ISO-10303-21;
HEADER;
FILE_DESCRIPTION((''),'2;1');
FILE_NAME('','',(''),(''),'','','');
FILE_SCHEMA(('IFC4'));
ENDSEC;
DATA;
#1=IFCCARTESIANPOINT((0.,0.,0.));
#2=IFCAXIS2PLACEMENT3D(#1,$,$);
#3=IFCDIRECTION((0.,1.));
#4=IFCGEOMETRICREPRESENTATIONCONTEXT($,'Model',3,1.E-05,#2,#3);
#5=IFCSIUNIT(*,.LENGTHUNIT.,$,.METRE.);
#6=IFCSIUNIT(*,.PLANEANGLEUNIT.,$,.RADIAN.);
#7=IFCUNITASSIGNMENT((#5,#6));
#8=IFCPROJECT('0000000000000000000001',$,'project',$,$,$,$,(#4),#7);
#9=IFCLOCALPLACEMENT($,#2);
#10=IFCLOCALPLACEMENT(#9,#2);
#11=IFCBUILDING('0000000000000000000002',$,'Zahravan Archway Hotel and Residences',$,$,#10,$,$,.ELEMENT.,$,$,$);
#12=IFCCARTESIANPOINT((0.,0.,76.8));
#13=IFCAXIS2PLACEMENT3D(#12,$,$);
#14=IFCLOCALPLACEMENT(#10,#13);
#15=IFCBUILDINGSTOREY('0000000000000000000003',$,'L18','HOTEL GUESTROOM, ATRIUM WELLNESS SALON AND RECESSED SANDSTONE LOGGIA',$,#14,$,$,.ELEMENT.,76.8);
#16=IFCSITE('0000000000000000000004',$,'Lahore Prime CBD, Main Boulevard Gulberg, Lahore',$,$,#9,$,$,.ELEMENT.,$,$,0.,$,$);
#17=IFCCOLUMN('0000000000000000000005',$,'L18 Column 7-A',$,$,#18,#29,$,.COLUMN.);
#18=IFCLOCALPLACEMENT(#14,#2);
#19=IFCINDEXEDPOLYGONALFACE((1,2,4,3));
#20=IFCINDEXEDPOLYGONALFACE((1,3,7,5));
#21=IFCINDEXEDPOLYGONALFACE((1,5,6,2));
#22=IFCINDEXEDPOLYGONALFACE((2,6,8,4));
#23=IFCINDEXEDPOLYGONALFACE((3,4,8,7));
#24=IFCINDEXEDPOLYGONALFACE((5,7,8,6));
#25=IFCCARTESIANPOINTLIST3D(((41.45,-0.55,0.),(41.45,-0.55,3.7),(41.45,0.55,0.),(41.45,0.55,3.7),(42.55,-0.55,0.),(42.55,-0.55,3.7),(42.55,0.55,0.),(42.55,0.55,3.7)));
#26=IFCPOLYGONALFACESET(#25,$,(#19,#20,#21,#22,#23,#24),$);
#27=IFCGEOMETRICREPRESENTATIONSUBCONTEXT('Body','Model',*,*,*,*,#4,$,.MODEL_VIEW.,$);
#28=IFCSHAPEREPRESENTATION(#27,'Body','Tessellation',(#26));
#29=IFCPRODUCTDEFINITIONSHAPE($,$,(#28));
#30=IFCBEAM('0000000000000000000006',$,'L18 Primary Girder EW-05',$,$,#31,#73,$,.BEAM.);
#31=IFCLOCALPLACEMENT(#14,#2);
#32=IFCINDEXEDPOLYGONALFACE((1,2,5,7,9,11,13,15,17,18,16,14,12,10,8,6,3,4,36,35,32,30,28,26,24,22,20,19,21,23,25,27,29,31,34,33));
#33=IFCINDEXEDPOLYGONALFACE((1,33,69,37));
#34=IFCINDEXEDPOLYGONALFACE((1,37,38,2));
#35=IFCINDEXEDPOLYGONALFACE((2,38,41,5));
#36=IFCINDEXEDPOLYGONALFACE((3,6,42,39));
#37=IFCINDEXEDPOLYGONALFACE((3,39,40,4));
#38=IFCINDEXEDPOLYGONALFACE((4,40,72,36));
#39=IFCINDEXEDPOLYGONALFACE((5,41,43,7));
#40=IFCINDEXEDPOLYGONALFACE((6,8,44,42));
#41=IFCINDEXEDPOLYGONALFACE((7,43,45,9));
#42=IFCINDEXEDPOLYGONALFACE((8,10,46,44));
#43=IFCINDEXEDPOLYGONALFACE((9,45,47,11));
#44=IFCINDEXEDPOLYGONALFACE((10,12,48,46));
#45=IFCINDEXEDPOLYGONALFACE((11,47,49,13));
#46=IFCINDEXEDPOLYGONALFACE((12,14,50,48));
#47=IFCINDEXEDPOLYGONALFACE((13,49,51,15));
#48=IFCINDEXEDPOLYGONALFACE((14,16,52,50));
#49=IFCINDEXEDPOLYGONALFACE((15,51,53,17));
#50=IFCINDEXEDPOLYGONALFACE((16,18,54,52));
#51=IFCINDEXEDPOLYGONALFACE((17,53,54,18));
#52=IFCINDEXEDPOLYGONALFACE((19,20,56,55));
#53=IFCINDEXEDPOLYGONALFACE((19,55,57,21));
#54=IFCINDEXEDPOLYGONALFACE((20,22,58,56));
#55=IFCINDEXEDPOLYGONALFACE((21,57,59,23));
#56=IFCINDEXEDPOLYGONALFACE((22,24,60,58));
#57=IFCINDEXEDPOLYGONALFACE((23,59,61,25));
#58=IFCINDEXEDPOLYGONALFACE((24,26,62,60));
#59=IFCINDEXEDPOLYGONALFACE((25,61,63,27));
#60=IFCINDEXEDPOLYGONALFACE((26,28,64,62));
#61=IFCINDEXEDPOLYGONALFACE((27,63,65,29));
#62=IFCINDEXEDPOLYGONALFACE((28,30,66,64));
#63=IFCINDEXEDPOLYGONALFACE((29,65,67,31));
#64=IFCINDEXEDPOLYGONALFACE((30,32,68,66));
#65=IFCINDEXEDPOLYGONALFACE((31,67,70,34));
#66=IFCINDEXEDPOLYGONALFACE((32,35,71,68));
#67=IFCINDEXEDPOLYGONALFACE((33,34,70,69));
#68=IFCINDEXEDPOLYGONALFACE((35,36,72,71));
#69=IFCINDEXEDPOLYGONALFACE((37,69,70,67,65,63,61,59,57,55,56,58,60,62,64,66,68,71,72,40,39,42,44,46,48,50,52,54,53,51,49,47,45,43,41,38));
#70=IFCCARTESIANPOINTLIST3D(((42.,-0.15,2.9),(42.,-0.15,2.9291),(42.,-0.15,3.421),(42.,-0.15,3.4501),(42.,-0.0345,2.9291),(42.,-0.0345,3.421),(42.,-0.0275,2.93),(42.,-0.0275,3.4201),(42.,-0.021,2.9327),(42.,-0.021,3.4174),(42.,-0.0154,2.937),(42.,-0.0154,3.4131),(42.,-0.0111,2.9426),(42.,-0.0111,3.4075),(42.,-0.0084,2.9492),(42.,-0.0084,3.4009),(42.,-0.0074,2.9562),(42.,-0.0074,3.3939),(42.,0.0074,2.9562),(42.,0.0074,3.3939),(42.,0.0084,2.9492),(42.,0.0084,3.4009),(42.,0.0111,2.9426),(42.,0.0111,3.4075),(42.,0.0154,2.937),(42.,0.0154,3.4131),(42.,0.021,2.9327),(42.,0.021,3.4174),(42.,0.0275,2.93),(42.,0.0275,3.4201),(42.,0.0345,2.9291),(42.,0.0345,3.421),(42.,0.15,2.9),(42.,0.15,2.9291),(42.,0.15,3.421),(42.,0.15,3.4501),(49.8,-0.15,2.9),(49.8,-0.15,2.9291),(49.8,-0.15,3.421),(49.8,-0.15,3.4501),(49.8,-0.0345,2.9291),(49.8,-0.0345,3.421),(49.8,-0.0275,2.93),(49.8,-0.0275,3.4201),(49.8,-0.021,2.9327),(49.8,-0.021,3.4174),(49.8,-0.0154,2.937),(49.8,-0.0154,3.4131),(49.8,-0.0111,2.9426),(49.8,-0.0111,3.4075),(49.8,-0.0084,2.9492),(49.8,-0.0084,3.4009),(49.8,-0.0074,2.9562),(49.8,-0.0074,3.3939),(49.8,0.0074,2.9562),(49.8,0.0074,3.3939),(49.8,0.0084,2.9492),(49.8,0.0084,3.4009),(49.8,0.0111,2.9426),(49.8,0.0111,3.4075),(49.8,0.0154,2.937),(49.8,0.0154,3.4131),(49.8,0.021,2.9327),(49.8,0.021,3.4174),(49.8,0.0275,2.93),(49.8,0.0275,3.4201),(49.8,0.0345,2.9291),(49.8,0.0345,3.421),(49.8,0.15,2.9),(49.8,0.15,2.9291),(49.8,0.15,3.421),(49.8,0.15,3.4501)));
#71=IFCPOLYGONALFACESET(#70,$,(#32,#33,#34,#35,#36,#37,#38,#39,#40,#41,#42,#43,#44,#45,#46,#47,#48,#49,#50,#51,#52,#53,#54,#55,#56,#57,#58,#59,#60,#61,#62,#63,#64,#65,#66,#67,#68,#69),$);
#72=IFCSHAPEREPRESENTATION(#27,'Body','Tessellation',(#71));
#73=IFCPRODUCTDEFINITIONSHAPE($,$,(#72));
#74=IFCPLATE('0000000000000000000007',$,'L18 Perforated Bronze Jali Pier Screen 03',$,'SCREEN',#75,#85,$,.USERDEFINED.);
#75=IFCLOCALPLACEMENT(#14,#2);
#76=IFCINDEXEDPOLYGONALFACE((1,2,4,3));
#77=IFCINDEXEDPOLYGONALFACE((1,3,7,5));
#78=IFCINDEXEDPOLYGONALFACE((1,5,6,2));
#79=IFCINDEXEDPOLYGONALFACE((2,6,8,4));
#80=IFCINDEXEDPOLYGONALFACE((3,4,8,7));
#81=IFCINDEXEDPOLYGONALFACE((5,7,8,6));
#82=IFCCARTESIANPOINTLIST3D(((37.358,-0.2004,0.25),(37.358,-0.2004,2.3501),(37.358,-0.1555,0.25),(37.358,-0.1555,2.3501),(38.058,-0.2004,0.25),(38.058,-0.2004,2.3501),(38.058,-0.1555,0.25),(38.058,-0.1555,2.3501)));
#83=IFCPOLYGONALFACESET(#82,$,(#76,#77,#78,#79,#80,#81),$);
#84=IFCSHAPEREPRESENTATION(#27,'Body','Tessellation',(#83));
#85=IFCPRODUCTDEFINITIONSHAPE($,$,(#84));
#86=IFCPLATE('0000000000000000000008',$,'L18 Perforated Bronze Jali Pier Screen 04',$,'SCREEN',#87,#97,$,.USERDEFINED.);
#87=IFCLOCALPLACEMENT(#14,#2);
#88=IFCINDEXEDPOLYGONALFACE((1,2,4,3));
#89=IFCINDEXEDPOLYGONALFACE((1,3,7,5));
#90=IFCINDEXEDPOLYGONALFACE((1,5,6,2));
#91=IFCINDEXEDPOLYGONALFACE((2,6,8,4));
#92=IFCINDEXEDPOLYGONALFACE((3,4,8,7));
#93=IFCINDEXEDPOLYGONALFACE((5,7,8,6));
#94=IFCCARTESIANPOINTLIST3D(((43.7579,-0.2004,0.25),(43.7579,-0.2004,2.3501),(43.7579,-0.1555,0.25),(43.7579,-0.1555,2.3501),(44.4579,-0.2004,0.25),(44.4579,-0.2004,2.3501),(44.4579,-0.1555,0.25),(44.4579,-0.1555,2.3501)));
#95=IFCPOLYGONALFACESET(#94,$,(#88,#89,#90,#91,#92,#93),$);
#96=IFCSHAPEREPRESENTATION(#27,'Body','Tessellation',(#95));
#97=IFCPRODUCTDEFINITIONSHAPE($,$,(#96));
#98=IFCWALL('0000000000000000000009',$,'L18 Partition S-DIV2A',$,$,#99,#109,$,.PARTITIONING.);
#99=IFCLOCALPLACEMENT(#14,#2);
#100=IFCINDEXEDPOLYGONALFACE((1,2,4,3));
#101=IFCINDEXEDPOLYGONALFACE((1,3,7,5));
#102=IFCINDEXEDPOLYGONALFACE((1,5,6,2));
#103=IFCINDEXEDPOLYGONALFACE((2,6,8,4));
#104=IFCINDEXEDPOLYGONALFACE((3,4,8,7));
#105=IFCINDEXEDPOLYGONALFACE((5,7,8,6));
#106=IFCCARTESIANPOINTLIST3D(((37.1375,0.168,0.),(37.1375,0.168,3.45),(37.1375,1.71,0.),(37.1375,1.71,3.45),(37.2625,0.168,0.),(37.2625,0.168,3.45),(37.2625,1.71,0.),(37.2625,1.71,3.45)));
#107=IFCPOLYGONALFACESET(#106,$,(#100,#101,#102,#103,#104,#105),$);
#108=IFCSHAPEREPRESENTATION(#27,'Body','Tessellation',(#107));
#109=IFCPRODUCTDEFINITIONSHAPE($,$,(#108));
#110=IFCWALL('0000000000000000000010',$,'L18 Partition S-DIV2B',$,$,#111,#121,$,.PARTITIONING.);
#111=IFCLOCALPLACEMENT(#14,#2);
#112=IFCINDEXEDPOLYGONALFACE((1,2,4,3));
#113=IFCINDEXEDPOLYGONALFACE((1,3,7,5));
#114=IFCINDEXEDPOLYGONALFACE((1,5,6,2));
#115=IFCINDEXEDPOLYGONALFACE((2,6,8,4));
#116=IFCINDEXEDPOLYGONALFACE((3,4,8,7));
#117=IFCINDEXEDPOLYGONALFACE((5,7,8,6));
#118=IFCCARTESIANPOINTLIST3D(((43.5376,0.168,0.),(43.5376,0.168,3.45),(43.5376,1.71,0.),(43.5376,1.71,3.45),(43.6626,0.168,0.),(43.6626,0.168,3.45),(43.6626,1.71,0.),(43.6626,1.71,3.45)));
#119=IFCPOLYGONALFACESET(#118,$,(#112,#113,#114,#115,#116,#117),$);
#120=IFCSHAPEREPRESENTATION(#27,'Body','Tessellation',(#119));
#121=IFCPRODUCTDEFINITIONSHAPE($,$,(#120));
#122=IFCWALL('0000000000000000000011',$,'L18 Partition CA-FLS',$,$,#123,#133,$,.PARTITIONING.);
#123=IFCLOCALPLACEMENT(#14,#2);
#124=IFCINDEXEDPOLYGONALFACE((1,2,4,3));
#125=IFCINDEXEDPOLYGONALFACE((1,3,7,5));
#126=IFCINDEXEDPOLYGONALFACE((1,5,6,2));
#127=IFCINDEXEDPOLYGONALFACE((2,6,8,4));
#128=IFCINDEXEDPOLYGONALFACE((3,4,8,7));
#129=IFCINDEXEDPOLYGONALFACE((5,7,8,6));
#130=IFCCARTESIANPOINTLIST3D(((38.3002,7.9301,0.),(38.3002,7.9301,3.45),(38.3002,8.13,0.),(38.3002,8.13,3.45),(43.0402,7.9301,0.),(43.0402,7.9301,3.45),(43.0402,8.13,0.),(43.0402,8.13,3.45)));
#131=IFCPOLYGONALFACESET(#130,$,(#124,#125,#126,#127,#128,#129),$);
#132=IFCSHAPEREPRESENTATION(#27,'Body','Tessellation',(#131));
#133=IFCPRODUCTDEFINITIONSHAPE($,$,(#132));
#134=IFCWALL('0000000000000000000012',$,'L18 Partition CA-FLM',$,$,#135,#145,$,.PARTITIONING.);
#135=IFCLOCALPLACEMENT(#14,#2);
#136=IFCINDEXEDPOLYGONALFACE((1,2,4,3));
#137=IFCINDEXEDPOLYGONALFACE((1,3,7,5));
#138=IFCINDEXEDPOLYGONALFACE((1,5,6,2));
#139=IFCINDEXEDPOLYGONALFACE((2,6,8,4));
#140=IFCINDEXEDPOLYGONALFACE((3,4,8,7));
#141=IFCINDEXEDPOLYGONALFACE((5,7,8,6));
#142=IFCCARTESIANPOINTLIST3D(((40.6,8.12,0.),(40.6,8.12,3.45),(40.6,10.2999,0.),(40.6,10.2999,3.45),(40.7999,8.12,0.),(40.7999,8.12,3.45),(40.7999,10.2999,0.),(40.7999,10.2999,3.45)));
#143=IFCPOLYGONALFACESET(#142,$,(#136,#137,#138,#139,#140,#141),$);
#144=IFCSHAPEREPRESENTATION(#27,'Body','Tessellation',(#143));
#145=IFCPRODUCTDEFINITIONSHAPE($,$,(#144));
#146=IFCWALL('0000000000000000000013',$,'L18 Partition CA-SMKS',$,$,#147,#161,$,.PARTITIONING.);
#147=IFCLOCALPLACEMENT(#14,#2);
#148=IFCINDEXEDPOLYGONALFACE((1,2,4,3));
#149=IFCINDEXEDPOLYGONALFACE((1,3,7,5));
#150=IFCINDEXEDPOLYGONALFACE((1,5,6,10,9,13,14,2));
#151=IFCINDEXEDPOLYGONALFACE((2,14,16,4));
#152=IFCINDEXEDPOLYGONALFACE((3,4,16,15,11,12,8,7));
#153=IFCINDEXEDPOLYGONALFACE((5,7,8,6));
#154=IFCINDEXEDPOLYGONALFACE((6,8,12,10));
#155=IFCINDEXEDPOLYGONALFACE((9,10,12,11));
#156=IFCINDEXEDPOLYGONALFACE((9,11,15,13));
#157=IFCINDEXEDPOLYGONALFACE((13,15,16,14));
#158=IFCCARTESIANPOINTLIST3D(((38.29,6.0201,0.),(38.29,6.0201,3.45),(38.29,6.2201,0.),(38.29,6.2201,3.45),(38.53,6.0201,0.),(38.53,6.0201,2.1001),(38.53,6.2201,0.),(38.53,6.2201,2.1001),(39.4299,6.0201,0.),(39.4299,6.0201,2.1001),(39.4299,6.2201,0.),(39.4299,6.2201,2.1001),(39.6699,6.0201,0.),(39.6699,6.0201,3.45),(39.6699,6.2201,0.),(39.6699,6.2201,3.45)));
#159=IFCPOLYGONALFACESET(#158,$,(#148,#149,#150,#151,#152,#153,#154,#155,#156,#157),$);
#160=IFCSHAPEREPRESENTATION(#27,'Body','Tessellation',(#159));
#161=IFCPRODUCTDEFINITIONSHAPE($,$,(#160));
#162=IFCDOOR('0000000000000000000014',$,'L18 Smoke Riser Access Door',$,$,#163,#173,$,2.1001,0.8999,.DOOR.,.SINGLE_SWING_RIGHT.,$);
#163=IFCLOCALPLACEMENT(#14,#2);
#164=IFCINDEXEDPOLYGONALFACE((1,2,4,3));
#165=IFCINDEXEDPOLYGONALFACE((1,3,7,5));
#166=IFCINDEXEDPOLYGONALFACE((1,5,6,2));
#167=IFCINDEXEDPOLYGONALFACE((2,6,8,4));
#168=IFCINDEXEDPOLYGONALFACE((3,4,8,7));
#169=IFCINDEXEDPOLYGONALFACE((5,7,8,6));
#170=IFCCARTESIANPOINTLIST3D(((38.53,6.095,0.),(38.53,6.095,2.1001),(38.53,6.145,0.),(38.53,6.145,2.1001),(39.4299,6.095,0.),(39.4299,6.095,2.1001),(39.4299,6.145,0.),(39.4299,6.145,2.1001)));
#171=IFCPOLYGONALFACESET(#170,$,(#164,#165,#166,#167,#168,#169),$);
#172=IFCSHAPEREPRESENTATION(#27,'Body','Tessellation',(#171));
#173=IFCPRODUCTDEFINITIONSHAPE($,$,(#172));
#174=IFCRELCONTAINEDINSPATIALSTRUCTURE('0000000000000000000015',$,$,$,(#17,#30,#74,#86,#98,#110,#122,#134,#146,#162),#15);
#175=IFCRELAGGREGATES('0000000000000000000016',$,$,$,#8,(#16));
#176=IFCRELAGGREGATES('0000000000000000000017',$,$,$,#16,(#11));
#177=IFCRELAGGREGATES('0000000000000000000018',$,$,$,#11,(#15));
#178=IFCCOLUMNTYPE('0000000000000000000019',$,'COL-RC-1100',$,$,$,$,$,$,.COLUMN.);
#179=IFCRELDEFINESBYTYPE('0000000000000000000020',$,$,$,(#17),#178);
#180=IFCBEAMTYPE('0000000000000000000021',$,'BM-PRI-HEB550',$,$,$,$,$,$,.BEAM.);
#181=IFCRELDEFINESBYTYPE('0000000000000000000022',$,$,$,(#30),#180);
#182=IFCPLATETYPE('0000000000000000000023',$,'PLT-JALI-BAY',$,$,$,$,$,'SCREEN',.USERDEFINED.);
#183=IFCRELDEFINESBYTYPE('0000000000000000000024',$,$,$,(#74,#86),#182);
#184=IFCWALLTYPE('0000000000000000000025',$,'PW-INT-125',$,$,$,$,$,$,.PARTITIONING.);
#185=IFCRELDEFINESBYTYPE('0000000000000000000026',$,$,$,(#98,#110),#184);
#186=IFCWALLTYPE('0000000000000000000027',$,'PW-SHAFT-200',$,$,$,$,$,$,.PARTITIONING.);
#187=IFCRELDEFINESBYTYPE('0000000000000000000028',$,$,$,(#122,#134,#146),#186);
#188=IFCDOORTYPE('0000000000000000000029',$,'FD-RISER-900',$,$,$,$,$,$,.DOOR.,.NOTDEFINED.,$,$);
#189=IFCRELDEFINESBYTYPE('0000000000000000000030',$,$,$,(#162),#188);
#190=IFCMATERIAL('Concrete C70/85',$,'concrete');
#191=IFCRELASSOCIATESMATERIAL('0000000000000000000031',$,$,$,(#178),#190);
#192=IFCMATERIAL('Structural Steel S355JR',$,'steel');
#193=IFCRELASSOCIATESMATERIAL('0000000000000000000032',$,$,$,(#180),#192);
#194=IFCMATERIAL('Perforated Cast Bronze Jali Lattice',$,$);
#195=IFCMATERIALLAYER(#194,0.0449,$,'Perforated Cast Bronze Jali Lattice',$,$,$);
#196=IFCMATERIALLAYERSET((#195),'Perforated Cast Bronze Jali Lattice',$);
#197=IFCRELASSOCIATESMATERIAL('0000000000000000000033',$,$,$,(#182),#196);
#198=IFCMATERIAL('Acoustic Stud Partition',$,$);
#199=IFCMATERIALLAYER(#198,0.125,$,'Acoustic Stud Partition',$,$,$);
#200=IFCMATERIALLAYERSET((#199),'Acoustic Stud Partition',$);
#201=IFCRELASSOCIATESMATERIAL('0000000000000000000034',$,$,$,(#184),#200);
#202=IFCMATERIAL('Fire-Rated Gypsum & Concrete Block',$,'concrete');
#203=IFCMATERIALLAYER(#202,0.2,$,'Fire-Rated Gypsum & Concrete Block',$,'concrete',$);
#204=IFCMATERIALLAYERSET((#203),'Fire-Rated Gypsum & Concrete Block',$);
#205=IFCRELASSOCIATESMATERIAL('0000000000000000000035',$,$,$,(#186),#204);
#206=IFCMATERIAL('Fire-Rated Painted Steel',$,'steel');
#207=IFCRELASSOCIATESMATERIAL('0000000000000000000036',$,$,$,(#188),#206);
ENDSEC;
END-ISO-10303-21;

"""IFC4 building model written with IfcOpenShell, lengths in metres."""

from ifc_helpers import new_model, si_unit, direction, frame, frame_2d, origin, origin_2d, place, context, subcontext, project, spatial, rectangle, i_section, extrude, source, transform, mapped, material, layer, layer_set, material_profile, profile_set, type_object, type_shapes, element, fill, save


model = new_model("IFC4")

# Units and contexts
model_context = context("Model", 3, precision=1e-05, world=origin(), true_north=direction((0.0, 1.0)))
body_context = subcontext(model_context, "Body", "Model", "MODEL_VIEW")
ifc_project = project(units=[si_unit("LENGTHUNIT", "METRE"), si_unit("PLANEANGLEUNIT", "RADIAN")], contexts=[model_context])

# Site, building, storey
site_placement = place(None, origin())
site = spatial("IfcSite", under=ifc_project, at=site_placement, Name="Lahore Prime CBD, Main Boulevard Gulberg, Lahore", CompositionType="ELEMENT", RefElevation=0.0)
building_placement = place(site_placement, origin())
building = spatial("IfcBuilding", under=site, at=building_placement, Name="Zahravan Archway Hotel and Residences", CompositionType="ELEMENT")
storey_placement = place(building_placement, frame((0.0, 0.0, 76.8)))
storey = spatial("IfcBuildingStorey", under=building, at=storey_placement, Name="L18", Description="HOTEL GUESTROOM, ATRIUM WELLNESS SALON AND RECESSED SANDSTONE LOGGIA", CompositionType="ELEMENT", Elevation=76.8)

# Column
ifc_material_1 = material(Name="Concrete C70/85", Category="concrete")
ifc_material_profile_1 = material_profile(ifc_material_1, rectangle(XDim=1.1001, YDim=1.1001, at=origin_2d()), Name="RC 1100x1100", Category="concrete")
ifc_profile_set_1 = profile_set([ifc_material_profile_1], Name="Concrete C70/85")
column_type = type_object("IfcColumnType", Name="COL-RC-1100", PredefinedType="COLUMN", material=ifc_profile_set_1)
shared_shape_1 = source(origin(), body_context, "Body", "SweptSolid", [
    extrude(rectangle(XDim=1.1001, YDim=1.1001, at=origin_2d()), origin(), (0.0, 0.0, 1.0), 3.7),
])
column_placement = place(storey_placement, frame((42.0, 0.0, 0.0), z_axis=(0.0, 0.0, 1.0), x_axis=(1.0, 0.0, 0.0)))
element("IfcColumn", 1, at=column_placement, inside=storey, type_object=column_type, Name="L18 Column 7-A", PredefinedType="COLUMN", context=body_context, shape_type="MappedRepresentation", body=[
    mapped(shared_shape_1, transform((0.0, 0.0, 0.0), scale=1.0)),
])

# Beam
ifc_material_2 = material(Name="Structural Steel S355JR", Category="steel")
ifc_material_profile_2 = material_profile(ifc_material_2, i_section(OverallWidth=0.3, OverallDepth=0.55, WebThickness=0.0149, FlangeThickness=0.0291, FilletRadius=0.0271, at=origin_2d()), Name="HEB 550", Category="steel")
ifc_profile_set_2 = profile_set([ifc_material_profile_2], Name="Structural Steel S355JR")
beam_type = type_object("IfcBeamType", Name="BM-PRI-HEB550", PredefinedType="BEAM", material=ifc_profile_set_2)
shared_shape_2 = source(origin(), body_context, "Body", "SweptSolid", [
    extrude(i_section(OverallWidth=0.3, OverallDepth=0.55, WebThickness=0.0149, FlangeThickness=0.0291, FilletRadius=0.0271, at=origin_2d()), origin(), (0.0, 0.0, 1.0), 7.8),
])
beam_placement = place(storey_placement, frame((42.0, 0.0, 3.175), z_axis=(1.0, 0.0, 0.0), x_axis=(0.0, 1.0, 0.0)))
element("IfcBeam", 2, at=beam_placement, inside=storey, type_object=beam_type, Name="L18 Primary Girder EW-05", PredefinedType="BEAM", context=body_context, shape_type="MappedRepresentation", body=[
    mapped(shared_shape_2, transform((0.0, 0.0, 0.0), scale=1.0)),
])

# Plates
ifc_material_3 = material(Name="Perforated Cast Bronze Jali Lattice")
ifc_layer_1 = layer(ifc_material_3, 0.0449, Name="Perforated Cast Bronze Jali Lattice")
ifc_layer_set_1 = layer_set([ifc_layer_1], Name="Perforated Cast Bronze Jali Lattice")
plate_type = type_object("IfcPlateType", Name="PLT-JALI-BAY", ElementType="SCREEN", PredefinedType="USERDEFINED", material=ifc_layer_set_1)
shared_shape_3 = source(origin(), body_context, "Body", "SweptSolid", [
    extrude(rectangle(XDim=0.7, YDim=0.0449, at=origin_2d()), origin(), (0.0, 0.0, 1.0), 2.1001),
])
type_shapes(plate_type, [shared_shape_3])
for number, where, z_axis, x_axis, name in (
    (3, (37.708, -0.178, 0.25), (0.0, 0.0, 1.0), (1.0, 0.0, 0.0), "L18 Perforated Bronze Jali Pier Screen 03"),
    (4, (44.1079, -0.178, 0.25), (0.0, 0.0, 1.0), (1.0, 0.0, 0.0), "L18 Perforated Bronze Jali Pier Screen 04"),
):
    element("IfcPlate", number, at=place(storey_placement, frame(where, z_axis=z_axis, x_axis=x_axis)), inside=storey, type_object=plate_type, Name=name, ObjectType="SCREEN", PredefinedType="USERDEFINED", context=body_context, shape_type="MappedRepresentation", body=[
        mapped(shared_shape_3, transform((0.0, 0.0, 0.0), scale=1.0)),
    ])

# Walls
ifc_material_4 = material(Name="Acoustic Stud Partition")
ifc_layer_2 = layer(ifc_material_4, 0.125, Name="Acoustic Stud Partition")
ifc_layer_set_2 = layer_set([ifc_layer_2], Name="Acoustic Stud Partition")
wall_type_1 = type_object("IfcWallType", Name="PW-INT-125", PredefinedType="PARTITIONING", material=ifc_layer_set_2)
for number, where, z_axis, x_axis, name in (
    (5, (37.2, 0.168, 0.0), (0.0, 0.0, 1.0), (0.0, 1.0, 0.0), "L18 Partition S-DIV2A"),
    (6, (43.6001, 0.168, 0.0), (0.0, 0.0, 1.0), (0.0, 1.0, 0.0), "L18 Partition S-DIV2B"),
):
    element("IfcWall", number, at=place(storey_placement, frame(where, z_axis=z_axis, x_axis=x_axis)), inside=storey, type_object=wall_type_1, Name=name, PredefinedType="PARTITIONING", context=body_context, shape_type="SweptSolid", body=[
        extrude(rectangle(XDim=1.542, YDim=0.125, at=frame_2d((0.771, 0.0))), origin(), (0.0, 0.0, 1.0), 3.45),
    ])
ifc_material_5 = material(Name="Fire-Rated Gypsum & Concrete Block", Category="concrete")
ifc_layer_3 = layer(ifc_material_5, 0.2, Name="Fire-Rated Gypsum & Concrete Block", Category="concrete")
ifc_layer_set_3 = layer_set([ifc_layer_3], Name="Fire-Rated Gypsum & Concrete Block")
wall_type_2 = type_object("IfcWallType", Name="PW-SHAFT-200", PredefinedType="PARTITIONING", material=ifc_layer_set_3)
wall_1_placement = place(storey_placement, frame((38.3, 8.03, 0.0), z_axis=(0.0, 0.0, 1.0), x_axis=(1.0, 0.0, 0.0)))
element("IfcWall", 7, at=wall_1_placement, inside=storey, type_object=wall_type_2, Name="L18 Partition CA-FLS", PredefinedType="PARTITIONING", context=body_context, shape_type="SweptSolid", body=[
    extrude(rectangle(XDim=4.74, YDim=0.2, at=frame_2d((2.3701, 0.0))), origin(), (0.0, 0.0, 1.0), 3.45),
])
wall_2_placement = place(storey_placement, frame((40.7, 8.1201, 0.0), z_axis=(0.0, 0.0, 1.0), x_axis=(0.0, 1.0, 0.0)))
element("IfcWall", 8, at=wall_2_placement, inside=storey, type_object=wall_type_2, Name="L18 Partition CA-FLM", PredefinedType="PARTITIONING", context=body_context, shape_type="SweptSolid", body=[
    extrude(rectangle(XDim=2.1799, YDim=0.2, at=frame_2d((1.0898, 0.0))), origin(), (0.0, 0.0, 1.0), 3.45),
])

# Wall, opening, door
wall_3_placement = place(storey_placement, frame((38.29, 6.1201, 0.0), z_axis=(0.0, 0.0, 1.0), x_axis=(1.0, 0.0, 0.0)))
wall_3 = element("IfcWall", 9, at=wall_3_placement, inside=storey, type_object=wall_type_2, Name="L18 Partition CA-SMKS", PredefinedType="PARTITIONING", context=body_context, shape_type="SweptSolid", body=[
    extrude(rectangle(XDim=1.3799, YDim=0.2, at=frame_2d((0.6899, 0.0))), origin(), (0.0, 0.0, 1.0), 3.45),
])
opening_1_placement = place(wall_3_placement, frame((0.24, 0.0, 0.0)))
opening_1 = element("IfcOpeningElement", 10, at=opening_1_placement, cuts=wall_3, PredefinedType="OPENING", context=body_context, shape_type="SweptSolid", body=[
    extrude(rectangle(XDim=0.8999, YDim=2.1001, at=frame_2d((0.45, 1.05))), frame((0.0, 0.1099, 0.0), z_axis=(0.0, -1.0, 0.0), x_axis=(1.0, 0.0, 0.0)), (0.0, 0.0, 1.0), 0.22),
])
ifc_material_6 = material(Name="Fire-Rated Painted Steel", Category="steel")
door_type = type_object("IfcDoorType", Name="FD-RISER-900", OperationType="NOTDEFINED", PredefinedType="DOOR", material=ifc_material_6)
shared_shape_4 = source(origin(), body_context, "Body", "SweptSolid", [
    extrude(rectangle(XDim=0.8999, YDim=2.1001, at=frame_2d((0.45, 1.05))), frame((0.0, 0.0249, 0.0), z_axis=(0.0, -1.0, 0.0), x_axis=(1.0, 0.0, 0.0)), (0.0, 0.0, 1.0), 0.05),
])
type_shapes(door_type, [shared_shape_4])
door_1_placement = place(opening_1_placement, origin())
door_1 = element("IfcDoor", 11, at=door_1_placement, inside=storey, type_object=door_type, Name="L18 Smoke Riser Access Door", OperationType="SINGLE_SWING_RIGHT", OverallHeight=2.1001, OverallWidth=0.8999, PredefinedType="DOOR", context=body_context, shape_type="MappedRepresentation", body=[
    mapped(shared_shape_4, transform((0.0, 0.0, 0.0), scale=1.0)),
])
fill(opening_1, door_1)

save(model, "model.ifc")
